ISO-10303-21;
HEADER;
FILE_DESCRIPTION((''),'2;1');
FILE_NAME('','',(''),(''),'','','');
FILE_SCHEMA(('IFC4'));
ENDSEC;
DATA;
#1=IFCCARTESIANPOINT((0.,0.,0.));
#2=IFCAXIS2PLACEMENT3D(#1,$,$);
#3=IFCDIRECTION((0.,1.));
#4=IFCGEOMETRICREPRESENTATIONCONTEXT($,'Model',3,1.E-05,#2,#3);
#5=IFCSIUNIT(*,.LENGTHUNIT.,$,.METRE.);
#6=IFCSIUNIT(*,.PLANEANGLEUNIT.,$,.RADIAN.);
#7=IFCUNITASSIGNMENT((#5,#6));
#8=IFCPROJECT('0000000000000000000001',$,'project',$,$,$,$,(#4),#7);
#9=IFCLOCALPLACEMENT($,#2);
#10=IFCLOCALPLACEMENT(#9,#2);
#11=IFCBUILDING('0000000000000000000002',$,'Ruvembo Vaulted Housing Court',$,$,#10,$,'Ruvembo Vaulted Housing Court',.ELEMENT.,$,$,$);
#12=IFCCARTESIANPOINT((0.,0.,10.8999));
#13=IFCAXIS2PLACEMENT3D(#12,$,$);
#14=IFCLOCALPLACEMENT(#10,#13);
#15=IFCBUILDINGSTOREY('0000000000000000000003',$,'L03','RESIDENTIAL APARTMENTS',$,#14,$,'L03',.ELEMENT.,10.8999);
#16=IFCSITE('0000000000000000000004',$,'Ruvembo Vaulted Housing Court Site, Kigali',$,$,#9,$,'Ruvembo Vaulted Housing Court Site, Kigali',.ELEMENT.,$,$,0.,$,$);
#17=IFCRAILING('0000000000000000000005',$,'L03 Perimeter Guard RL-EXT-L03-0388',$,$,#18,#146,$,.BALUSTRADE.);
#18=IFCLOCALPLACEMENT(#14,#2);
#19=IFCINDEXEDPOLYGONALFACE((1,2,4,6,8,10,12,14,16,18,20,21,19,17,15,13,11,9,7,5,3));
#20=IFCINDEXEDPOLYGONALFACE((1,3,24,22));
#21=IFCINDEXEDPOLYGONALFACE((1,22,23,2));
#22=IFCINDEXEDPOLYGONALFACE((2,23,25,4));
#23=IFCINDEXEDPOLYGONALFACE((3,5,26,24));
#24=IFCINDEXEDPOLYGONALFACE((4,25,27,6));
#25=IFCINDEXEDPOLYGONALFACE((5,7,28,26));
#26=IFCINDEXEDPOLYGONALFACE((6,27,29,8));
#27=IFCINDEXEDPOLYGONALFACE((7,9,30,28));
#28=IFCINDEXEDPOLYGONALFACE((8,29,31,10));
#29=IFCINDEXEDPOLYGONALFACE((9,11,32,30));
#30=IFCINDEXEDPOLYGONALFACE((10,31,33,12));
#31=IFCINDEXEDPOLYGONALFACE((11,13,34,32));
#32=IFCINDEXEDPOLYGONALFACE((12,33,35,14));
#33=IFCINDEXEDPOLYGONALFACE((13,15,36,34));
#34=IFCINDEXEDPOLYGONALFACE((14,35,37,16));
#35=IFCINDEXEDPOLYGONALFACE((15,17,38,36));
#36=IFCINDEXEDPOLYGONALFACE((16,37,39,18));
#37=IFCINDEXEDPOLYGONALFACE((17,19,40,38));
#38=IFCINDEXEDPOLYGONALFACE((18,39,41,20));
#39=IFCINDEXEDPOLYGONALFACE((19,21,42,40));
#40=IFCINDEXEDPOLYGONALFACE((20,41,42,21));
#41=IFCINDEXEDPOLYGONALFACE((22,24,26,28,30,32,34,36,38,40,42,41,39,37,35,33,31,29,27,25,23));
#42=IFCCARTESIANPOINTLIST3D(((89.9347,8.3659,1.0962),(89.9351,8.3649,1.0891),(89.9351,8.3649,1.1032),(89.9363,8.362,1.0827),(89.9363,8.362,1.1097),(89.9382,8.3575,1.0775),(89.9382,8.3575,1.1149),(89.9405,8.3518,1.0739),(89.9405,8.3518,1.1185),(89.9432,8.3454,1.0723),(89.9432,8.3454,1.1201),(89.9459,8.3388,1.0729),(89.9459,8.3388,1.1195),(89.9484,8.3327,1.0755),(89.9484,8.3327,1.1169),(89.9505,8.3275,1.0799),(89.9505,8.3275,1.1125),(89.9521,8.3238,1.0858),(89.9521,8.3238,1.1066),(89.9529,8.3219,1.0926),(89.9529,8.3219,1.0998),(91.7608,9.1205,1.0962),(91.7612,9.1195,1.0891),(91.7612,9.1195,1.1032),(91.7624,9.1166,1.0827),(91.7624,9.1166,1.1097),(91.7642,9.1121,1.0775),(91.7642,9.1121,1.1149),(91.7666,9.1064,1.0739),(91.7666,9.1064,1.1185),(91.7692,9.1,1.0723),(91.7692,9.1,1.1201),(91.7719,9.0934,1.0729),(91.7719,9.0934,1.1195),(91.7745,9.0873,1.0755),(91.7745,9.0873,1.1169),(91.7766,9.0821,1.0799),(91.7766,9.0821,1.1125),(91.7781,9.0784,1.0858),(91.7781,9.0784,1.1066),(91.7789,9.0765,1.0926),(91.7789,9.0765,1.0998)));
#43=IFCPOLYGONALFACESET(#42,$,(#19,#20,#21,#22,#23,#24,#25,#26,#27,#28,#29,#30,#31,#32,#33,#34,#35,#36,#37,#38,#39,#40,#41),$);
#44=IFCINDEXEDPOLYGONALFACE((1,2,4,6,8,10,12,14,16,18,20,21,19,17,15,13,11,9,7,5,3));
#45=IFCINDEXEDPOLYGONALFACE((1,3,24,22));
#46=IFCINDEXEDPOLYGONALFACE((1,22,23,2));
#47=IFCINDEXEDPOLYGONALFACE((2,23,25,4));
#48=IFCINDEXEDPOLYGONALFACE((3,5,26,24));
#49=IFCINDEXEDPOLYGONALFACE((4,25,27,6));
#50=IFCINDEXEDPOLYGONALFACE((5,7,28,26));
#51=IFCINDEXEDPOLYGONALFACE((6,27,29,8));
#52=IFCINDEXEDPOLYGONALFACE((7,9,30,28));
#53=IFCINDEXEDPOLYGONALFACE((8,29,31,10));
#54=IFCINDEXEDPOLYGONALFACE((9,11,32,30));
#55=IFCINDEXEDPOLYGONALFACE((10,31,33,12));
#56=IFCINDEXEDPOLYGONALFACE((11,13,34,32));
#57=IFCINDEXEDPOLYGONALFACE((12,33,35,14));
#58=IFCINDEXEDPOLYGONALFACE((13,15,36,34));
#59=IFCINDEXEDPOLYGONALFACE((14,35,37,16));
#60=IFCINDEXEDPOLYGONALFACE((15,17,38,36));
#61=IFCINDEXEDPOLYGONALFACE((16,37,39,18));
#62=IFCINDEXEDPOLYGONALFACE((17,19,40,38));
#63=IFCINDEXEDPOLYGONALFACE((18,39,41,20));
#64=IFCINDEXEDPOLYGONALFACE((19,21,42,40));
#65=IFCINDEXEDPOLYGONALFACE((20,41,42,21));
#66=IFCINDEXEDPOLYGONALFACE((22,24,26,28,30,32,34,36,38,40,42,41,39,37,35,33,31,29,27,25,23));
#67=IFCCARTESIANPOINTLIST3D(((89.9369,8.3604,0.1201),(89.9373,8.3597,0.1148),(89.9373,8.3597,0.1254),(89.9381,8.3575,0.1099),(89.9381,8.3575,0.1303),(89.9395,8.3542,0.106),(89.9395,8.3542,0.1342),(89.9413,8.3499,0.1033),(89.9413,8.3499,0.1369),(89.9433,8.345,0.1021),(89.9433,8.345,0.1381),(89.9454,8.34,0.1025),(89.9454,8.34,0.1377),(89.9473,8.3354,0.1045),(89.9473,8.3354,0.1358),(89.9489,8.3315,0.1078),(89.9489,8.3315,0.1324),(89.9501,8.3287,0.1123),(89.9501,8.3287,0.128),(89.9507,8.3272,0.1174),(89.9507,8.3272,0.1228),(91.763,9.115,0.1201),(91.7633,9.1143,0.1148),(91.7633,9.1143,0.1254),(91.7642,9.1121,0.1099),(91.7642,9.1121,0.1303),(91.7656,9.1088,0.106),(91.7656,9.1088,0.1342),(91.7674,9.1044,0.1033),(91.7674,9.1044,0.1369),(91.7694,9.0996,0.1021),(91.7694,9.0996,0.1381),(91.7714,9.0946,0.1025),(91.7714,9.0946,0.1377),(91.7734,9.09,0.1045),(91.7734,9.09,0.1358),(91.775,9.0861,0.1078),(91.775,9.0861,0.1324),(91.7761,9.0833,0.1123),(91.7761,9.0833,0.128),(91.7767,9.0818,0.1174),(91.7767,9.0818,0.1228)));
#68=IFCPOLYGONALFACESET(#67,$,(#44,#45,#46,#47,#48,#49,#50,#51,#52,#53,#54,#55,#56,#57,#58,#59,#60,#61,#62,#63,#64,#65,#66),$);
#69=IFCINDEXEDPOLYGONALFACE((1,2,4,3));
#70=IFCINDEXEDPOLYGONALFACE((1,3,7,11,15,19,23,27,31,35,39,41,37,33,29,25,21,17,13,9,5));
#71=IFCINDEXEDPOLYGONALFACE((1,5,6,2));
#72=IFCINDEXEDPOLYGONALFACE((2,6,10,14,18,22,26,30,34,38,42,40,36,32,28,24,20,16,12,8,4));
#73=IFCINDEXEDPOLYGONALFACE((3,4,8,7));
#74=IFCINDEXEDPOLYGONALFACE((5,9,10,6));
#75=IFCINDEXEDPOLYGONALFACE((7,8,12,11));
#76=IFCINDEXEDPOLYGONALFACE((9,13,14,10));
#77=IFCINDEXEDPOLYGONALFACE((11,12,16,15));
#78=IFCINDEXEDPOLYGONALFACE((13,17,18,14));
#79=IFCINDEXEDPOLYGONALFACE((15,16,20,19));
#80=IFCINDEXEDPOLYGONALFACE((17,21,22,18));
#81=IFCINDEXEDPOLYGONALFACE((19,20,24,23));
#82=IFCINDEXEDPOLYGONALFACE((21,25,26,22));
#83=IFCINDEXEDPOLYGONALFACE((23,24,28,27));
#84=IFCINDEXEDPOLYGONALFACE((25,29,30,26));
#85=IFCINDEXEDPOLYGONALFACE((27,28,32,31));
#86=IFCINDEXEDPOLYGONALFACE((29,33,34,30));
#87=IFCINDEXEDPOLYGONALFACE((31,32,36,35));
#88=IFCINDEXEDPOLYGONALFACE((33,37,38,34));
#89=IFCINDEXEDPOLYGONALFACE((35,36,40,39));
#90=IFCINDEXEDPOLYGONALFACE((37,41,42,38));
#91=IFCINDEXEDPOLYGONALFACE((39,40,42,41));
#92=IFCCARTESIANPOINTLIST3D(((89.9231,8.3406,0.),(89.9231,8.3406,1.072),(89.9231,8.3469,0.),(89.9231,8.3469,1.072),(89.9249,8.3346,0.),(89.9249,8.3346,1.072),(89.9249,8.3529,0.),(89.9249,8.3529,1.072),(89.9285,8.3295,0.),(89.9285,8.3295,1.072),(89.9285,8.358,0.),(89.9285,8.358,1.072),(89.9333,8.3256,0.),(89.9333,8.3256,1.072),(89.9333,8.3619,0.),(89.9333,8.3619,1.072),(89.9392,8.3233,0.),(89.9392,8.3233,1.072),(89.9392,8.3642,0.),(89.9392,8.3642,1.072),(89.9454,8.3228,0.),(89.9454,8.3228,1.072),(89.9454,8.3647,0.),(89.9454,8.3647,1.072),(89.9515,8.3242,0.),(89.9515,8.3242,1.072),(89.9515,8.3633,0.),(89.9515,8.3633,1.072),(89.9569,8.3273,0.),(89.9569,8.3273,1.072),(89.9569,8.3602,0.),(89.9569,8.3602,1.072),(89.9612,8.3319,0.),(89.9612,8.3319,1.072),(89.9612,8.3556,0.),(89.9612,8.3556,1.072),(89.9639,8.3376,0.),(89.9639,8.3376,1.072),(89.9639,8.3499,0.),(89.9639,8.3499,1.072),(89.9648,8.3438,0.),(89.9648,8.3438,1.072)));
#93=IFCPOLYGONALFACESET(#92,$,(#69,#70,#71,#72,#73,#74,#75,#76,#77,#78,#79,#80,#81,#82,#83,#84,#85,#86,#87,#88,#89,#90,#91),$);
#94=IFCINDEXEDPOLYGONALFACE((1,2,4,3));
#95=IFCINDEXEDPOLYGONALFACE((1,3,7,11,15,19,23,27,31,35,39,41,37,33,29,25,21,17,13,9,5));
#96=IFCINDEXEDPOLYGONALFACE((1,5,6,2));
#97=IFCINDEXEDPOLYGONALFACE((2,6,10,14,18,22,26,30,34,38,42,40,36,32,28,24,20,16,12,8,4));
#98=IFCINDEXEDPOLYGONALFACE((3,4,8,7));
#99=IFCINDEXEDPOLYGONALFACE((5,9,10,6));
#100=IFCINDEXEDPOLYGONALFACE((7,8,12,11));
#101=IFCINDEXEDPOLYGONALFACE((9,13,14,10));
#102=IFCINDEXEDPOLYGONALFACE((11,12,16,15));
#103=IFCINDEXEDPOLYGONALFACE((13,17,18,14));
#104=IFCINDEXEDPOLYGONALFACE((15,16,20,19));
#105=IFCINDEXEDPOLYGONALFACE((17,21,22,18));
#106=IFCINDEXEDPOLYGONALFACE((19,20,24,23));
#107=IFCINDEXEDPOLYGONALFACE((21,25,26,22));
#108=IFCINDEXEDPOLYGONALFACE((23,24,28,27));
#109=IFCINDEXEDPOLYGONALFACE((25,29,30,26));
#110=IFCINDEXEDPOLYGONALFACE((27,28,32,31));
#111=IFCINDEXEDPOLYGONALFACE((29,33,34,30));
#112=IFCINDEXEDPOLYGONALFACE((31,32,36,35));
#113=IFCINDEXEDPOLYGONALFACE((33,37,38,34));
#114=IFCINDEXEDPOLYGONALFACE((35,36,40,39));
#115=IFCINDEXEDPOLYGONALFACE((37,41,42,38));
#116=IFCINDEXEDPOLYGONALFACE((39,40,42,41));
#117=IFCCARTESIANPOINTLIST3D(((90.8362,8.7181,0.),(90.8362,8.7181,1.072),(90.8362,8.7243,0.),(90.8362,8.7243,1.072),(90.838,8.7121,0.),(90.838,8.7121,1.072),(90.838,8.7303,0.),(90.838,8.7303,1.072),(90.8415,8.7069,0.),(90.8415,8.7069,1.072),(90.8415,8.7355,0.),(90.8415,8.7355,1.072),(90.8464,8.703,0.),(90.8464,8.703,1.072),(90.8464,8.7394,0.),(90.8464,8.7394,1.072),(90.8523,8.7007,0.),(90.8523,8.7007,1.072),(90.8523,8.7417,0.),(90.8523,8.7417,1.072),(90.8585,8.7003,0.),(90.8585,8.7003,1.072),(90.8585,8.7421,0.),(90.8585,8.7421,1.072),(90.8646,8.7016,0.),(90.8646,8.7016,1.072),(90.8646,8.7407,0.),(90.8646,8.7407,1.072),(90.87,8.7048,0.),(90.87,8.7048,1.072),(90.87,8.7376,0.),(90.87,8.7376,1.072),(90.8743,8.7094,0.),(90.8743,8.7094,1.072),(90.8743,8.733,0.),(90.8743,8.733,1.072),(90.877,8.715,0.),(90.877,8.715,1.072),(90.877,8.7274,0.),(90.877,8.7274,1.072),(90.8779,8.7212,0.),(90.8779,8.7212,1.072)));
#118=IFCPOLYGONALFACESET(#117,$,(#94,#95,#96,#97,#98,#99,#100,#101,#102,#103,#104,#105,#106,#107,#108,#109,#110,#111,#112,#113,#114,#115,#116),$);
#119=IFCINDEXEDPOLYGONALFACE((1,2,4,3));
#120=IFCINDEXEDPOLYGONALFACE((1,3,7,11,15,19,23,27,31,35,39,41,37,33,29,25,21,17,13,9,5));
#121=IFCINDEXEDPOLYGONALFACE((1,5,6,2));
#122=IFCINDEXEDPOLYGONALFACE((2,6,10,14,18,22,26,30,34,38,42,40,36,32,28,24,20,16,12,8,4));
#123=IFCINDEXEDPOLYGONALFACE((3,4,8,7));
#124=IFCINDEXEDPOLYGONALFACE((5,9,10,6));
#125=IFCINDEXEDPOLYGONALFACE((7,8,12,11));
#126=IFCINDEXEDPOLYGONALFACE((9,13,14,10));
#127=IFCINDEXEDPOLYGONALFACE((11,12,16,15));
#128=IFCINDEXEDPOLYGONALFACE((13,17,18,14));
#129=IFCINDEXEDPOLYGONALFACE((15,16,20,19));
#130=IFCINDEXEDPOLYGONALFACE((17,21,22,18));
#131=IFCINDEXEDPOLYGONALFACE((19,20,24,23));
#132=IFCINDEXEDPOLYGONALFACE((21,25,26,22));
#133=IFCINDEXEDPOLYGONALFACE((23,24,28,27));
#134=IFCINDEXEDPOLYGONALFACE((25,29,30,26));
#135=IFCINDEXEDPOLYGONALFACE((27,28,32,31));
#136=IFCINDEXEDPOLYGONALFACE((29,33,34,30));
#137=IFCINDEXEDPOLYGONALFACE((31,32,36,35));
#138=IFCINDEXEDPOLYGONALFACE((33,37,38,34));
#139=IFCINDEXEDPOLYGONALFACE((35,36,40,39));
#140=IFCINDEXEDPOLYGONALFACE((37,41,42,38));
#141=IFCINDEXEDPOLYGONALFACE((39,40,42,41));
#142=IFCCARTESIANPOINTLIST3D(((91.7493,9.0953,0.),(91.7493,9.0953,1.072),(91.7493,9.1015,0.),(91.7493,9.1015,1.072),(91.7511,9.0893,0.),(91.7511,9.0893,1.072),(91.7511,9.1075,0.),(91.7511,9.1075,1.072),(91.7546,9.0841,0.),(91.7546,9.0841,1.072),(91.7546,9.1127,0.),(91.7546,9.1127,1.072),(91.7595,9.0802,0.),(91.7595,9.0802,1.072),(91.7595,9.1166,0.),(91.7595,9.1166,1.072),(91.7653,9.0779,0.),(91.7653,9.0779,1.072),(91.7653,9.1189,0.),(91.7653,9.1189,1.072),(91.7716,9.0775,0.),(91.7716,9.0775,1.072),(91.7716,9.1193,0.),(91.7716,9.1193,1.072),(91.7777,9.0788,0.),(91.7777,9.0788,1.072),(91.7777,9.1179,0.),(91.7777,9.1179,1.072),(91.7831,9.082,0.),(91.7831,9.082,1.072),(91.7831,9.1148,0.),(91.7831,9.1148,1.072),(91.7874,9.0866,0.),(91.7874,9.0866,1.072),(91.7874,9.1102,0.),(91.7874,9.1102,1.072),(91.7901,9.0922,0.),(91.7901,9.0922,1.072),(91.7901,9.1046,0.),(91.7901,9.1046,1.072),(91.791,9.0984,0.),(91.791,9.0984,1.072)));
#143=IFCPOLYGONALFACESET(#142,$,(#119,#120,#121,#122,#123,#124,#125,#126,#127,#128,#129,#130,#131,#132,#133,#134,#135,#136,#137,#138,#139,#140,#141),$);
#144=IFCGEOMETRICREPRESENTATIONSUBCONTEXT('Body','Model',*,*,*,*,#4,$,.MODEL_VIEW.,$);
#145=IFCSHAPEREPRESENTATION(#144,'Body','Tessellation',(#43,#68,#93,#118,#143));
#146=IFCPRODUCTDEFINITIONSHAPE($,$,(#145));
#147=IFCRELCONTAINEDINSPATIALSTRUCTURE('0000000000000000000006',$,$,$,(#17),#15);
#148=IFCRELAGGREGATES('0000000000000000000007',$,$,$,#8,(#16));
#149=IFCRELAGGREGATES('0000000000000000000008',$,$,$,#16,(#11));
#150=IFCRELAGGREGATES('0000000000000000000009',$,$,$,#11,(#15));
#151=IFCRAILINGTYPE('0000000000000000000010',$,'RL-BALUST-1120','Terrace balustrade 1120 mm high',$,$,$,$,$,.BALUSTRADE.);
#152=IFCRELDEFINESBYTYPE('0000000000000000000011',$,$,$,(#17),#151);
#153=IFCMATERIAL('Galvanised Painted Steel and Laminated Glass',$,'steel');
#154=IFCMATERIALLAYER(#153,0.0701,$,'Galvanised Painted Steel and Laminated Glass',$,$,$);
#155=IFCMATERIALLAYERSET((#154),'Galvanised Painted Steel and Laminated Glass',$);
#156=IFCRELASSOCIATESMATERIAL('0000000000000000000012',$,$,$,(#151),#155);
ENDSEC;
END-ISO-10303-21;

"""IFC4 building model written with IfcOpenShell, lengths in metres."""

from ifc_helpers import new_model, si_unit, direction, frame, origin, origin_2d, place, context, subcontext, project, spatial, circle, extrude, material, layer, layer_set, type_object, element, save


model = new_model("IFC4")

# Units and contexts
model_context = context("Model", 3, precision=1e-05, world=origin(), true_north=direction((0.0, 1.0)))
body_context = subcontext(model_context, "Body", "Model", "MODEL_VIEW")
ifc_project = project(units=[si_unit("LENGTHUNIT", "METRE"), si_unit("PLANEANGLEUNIT", "RADIAN")], contexts=[model_context])

# Site, building, storey
site_placement = place(None, origin())
site = spatial("IfcSite", under=ifc_project, at=site_placement, Name="Ruvembo Vaulted Housing Court Site, Kigali", LongName="Ruvembo Vaulted Housing Court Site, Kigali", CompositionType="ELEMENT", RefElevation=0.0)
building_placement = place(site_placement, origin())
building = spatial("IfcBuilding", under=site, at=building_placement, Name="Ruvembo Vaulted Housing Court", LongName="Ruvembo Vaulted Housing Court", CompositionType="ELEMENT")
storey_placement = place(building_placement, frame((0.0, 0.0, 10.8999)))
storey = spatial("IfcBuildingStorey", under=building, at=storey_placement, Name="L03", Description="RESIDENTIAL APARTMENTS", LongName="L03", CompositionType="ELEMENT", Elevation=10.8999)

# Railing
ifc_material_1 = material(Name="Galvanised Painted Steel and Laminated Glass", Category="steel")
ifc_layer_1 = layer(ifc_material_1, 0.0701, Name="Galvanised Painted Steel and Laminated Glass")
ifc_layer_set_1 = layer_set([ifc_layer_1], Name="Galvanised Painted Steel and Laminated Glass")
railing_type = type_object("IfcRailingType", Name="RL-BALUST-1120", Description="Terrace balustrade 1120 mm high", PredefinedType="BALUSTRADE", material=ifc_layer_set_1)
railing_1_placement = place(storey_placement, frame((89.9438, 8.3438, 0.0)))
element("IfcRailing", 1, at=railing_1_placement, inside=storey, type_object=railing_type, Name="L03 Perimeter Guard RL-EXT-L03-0388", PredefinedType="BALUSTRADE", context=body_context, shape_type="SweptSolid", body=[
    extrude(circle(Radius=0.0239, at=origin_2d()), frame((0.0, 0.0, 1.0962), z_axis=(0.924199, 0.381912, 0.0), x_axis=(-0.381912, 0.924199, 0.0)), (0.0, 0.0, 1.0), 1.9758),
    extrude(circle(Radius=0.0181, at=origin_2d()), frame((0.0, 0.0, 0.1201), z_axis=(0.924199, 0.381912, 0.0), x_axis=(-0.381912, 0.924199, 0.0)), (0.0, 0.0, 1.0), 1.9758),
    extrude(circle(Radius=0.021, at=origin_2d()), origin(), (0.0, 0.0, 1.0), 1.072),
    extrude(circle(Radius=0.021, at=origin_2d()), frame((0.9131, 0.3774, 0.0)), (0.0, 0.0, 1.0), 1.072),
    extrude(circle(Radius=0.021, at=origin_2d()), frame((1.8262, 0.7546, 0.0)), (0.0, 0.0, 1.0), 1.072),
])

save(model, "model.ifc")
